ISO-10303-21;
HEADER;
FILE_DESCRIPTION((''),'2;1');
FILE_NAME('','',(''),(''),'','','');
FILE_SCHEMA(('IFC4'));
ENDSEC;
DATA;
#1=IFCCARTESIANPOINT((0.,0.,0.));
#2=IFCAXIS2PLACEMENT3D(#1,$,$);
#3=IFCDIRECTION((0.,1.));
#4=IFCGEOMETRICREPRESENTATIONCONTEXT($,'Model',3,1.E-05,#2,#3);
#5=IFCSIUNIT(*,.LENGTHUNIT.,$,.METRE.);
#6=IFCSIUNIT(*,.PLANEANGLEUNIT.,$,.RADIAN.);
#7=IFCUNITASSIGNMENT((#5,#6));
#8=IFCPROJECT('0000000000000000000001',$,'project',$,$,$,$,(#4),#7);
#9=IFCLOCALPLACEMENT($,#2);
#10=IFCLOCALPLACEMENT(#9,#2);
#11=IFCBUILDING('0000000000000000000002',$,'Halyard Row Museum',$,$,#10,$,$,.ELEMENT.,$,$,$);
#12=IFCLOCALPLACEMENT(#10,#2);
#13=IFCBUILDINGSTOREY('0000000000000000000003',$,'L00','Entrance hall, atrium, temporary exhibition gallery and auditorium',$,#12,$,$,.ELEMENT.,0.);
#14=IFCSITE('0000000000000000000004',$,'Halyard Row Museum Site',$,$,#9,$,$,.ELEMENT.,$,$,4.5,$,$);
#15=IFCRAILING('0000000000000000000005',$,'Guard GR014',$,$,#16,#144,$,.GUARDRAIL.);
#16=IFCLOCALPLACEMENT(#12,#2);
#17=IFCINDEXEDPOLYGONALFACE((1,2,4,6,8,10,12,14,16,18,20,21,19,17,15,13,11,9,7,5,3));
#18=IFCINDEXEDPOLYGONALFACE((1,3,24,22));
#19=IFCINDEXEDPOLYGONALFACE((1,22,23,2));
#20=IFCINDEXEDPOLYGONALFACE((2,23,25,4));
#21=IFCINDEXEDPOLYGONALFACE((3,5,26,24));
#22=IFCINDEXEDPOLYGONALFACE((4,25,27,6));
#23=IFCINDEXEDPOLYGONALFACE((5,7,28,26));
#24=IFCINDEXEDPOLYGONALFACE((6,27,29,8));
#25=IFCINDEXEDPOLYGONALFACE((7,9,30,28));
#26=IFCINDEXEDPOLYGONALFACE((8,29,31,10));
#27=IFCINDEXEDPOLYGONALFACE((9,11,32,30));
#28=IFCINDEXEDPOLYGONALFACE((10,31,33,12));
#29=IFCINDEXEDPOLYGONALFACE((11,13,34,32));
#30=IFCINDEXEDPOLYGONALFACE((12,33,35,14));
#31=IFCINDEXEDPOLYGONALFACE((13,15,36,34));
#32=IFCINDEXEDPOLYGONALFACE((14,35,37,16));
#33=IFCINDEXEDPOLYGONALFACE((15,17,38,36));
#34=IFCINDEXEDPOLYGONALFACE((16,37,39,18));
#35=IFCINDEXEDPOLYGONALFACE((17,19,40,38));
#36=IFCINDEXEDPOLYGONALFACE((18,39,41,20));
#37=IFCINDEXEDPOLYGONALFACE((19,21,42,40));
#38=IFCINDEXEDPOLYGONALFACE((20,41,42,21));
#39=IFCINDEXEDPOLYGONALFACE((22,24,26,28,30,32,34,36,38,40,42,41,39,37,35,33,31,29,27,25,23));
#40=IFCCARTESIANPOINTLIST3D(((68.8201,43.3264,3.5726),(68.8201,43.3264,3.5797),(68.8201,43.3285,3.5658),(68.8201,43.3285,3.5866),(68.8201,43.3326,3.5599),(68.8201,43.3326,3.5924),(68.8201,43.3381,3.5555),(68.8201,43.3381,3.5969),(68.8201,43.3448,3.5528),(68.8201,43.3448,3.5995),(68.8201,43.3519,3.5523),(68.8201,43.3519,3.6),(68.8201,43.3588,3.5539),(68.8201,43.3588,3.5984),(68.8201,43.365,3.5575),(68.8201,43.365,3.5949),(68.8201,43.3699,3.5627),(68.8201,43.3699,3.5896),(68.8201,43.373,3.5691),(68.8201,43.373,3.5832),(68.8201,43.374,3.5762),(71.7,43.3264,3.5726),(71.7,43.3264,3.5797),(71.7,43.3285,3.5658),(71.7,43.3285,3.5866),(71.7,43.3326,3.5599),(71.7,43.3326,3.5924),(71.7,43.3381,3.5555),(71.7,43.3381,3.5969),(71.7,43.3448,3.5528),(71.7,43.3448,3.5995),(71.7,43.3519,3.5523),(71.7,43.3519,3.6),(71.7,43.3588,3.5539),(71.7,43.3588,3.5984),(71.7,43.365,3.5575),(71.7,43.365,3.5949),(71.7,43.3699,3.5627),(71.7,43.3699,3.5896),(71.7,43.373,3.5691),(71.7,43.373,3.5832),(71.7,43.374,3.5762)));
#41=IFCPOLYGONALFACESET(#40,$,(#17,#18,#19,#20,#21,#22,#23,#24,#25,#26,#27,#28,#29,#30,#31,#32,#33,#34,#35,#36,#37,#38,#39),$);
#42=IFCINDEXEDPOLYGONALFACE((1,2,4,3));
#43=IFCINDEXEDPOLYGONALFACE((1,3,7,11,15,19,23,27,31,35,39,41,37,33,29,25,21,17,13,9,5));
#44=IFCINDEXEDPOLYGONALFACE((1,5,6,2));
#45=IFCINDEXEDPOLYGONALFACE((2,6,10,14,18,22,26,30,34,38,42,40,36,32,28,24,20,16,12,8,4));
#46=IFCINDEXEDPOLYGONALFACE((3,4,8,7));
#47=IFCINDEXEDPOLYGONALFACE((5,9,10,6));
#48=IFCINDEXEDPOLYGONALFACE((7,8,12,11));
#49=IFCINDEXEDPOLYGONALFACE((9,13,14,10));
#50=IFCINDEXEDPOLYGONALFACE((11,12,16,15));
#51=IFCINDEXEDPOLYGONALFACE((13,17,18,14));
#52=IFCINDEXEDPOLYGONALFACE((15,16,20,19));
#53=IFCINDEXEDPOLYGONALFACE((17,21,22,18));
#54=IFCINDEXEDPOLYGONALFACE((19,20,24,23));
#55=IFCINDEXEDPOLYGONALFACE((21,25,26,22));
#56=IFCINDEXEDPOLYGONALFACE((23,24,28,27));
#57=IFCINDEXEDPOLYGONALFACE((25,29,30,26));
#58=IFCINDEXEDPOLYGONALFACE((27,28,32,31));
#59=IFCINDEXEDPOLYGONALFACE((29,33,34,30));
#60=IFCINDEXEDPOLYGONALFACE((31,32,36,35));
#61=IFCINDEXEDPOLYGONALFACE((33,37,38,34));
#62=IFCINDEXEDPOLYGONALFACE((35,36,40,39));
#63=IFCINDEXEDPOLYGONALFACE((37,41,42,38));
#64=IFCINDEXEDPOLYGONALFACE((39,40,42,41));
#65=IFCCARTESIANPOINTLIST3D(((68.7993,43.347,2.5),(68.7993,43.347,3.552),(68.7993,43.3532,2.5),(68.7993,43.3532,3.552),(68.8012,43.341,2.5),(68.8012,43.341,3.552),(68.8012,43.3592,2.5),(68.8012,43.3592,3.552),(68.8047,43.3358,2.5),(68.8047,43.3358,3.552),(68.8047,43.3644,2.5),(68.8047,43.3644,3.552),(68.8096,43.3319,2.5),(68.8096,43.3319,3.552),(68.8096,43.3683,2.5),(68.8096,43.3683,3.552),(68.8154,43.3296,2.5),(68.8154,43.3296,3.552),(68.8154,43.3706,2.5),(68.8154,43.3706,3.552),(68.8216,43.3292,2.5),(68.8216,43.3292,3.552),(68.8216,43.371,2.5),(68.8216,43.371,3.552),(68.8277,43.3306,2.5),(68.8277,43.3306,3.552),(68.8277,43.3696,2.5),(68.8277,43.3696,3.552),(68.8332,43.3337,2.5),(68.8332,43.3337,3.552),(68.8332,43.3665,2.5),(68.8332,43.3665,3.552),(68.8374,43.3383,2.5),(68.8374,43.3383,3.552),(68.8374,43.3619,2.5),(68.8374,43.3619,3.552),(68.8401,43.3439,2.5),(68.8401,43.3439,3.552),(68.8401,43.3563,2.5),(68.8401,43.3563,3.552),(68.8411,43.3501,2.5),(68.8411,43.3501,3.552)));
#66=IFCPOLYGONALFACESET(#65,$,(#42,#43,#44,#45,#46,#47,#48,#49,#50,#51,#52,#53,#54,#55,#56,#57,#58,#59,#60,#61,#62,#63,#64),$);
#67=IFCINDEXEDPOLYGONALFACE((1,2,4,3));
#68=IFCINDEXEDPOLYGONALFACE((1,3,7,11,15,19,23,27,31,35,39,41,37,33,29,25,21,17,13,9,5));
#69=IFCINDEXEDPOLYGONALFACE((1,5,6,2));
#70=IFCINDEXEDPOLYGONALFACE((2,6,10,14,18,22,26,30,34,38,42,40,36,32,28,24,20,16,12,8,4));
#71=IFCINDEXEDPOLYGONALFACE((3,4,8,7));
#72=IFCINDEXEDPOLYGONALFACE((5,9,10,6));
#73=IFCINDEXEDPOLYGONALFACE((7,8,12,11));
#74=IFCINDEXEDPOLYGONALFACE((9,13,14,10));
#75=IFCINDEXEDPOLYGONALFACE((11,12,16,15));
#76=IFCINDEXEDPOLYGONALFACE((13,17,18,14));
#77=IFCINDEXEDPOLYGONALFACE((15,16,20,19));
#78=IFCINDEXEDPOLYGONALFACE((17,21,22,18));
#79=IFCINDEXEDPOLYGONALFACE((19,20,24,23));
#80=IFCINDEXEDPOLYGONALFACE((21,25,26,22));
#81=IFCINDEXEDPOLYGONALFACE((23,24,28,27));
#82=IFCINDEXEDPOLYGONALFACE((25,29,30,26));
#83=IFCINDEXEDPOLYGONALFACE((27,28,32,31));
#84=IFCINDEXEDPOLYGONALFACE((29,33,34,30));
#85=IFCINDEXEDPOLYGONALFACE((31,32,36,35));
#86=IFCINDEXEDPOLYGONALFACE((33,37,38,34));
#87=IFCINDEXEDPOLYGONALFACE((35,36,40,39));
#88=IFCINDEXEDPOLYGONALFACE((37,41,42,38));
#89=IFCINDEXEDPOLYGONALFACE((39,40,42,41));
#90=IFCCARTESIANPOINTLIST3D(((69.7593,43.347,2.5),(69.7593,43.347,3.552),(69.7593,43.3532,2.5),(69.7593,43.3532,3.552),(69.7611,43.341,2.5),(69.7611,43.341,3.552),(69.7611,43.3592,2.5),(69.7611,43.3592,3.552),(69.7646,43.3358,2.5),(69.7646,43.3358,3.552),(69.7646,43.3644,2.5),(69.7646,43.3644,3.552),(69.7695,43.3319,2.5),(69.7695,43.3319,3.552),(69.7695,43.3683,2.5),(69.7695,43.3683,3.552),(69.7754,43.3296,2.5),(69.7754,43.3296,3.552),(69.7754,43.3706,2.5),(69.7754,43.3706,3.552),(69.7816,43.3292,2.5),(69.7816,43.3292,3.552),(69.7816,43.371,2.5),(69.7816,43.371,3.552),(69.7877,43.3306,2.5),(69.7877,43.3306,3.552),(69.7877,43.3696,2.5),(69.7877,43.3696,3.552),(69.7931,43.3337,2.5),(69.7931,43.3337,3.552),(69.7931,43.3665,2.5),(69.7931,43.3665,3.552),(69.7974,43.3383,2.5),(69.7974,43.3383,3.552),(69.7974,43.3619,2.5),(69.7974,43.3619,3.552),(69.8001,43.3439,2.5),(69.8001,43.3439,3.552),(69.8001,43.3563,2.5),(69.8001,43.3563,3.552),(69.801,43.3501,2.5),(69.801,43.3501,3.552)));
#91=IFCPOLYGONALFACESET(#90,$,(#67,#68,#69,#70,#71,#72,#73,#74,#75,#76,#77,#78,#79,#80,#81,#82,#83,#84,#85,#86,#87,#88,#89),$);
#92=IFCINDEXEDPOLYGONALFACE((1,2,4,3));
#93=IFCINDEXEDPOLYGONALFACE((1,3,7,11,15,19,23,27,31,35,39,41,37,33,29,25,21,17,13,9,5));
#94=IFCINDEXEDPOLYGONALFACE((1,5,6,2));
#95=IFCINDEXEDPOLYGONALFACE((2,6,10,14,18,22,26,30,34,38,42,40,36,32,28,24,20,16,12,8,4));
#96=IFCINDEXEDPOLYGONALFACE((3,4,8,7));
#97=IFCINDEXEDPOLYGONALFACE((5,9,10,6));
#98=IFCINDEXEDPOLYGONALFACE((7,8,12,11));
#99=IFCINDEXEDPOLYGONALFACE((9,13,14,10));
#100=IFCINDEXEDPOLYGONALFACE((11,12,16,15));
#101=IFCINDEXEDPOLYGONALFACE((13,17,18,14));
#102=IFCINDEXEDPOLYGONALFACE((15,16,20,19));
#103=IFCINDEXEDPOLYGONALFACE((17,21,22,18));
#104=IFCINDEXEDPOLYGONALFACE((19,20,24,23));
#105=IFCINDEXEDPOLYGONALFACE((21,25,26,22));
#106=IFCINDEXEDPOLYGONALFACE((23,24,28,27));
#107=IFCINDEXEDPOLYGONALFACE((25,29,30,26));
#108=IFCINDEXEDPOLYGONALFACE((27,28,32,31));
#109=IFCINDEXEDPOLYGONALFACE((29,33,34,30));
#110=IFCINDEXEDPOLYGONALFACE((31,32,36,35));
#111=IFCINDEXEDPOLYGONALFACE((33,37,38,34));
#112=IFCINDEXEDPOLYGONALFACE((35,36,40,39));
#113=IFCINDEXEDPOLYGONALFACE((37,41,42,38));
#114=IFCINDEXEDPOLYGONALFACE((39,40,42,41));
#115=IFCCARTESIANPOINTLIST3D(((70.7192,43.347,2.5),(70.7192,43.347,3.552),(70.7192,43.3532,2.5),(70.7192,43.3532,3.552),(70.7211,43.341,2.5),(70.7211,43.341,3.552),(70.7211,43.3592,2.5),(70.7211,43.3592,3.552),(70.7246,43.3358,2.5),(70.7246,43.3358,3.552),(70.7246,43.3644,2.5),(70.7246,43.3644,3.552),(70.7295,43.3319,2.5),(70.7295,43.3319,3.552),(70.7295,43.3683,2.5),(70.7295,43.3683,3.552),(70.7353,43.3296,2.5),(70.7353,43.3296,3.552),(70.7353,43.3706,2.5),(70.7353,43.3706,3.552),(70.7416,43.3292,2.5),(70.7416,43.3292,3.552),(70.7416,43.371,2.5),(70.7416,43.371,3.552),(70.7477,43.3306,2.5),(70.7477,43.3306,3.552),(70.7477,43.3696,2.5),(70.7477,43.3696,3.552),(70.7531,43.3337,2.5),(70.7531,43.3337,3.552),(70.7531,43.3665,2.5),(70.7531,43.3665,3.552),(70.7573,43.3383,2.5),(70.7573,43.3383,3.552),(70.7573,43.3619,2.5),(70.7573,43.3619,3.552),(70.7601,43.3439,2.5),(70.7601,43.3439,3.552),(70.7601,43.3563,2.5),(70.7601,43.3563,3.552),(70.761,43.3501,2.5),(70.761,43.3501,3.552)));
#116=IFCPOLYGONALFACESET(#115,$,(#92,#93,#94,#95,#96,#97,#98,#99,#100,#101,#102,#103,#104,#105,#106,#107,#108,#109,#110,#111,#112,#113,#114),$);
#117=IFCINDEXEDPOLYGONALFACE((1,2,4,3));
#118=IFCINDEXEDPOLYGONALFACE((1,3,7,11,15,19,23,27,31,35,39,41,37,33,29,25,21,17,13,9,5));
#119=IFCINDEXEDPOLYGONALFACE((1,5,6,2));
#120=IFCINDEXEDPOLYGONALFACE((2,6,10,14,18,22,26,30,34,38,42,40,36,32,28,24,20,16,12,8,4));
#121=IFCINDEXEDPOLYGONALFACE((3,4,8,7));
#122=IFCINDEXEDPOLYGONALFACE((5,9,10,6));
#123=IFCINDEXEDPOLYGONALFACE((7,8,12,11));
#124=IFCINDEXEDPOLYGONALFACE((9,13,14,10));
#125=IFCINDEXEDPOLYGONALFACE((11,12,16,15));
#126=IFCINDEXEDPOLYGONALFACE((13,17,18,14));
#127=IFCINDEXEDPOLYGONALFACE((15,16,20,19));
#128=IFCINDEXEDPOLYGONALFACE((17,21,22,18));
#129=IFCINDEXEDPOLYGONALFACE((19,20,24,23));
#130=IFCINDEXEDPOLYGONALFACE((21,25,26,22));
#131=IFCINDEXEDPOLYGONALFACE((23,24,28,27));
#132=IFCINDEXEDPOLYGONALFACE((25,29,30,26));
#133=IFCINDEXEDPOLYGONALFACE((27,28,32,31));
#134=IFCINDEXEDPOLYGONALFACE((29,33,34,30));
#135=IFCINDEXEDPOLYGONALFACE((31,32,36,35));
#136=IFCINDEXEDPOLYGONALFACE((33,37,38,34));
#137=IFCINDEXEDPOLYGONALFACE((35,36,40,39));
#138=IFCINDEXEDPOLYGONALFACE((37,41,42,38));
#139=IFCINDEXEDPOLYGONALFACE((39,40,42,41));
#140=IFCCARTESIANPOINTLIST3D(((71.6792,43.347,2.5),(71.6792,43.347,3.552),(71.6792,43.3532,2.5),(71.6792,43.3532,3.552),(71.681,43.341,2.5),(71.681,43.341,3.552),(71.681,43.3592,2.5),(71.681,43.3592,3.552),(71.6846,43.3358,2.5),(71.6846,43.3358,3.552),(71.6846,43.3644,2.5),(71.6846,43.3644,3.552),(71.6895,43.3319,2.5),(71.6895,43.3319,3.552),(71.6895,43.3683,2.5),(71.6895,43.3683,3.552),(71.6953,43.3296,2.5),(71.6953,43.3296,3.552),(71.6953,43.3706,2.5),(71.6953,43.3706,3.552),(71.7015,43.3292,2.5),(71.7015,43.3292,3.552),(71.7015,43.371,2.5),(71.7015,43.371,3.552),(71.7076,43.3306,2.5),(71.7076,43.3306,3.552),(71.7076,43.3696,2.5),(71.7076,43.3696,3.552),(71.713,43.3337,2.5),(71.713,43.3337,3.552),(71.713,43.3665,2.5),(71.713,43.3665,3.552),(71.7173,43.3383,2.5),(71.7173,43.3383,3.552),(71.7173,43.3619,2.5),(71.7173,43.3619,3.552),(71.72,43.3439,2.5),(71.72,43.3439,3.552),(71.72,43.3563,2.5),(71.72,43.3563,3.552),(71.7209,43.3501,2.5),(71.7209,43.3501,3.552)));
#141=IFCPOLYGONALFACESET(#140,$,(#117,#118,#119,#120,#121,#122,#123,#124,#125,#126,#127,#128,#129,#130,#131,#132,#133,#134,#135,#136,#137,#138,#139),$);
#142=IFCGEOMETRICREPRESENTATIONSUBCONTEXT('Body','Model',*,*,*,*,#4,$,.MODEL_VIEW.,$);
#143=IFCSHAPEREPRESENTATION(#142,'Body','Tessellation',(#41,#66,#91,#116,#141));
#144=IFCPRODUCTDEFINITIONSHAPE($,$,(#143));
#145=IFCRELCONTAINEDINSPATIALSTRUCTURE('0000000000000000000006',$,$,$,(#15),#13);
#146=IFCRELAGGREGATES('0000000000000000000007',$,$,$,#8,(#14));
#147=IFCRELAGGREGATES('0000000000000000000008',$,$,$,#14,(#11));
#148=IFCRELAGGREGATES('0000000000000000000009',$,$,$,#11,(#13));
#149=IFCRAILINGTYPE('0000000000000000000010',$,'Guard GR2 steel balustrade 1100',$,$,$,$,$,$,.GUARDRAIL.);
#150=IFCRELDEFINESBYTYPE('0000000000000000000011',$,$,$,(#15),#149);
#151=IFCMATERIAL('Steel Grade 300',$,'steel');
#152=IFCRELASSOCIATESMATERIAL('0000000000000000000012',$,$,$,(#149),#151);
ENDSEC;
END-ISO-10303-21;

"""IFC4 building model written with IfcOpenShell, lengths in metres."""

from ifc_helpers import new_model, si_unit, direction, frame, origin, origin_2d, place, context, subcontext, project, spatial, circle, extrude, material, type_object, element, save


model = new_model("IFC4")

# Units and contexts
model_context = context("Model", 3, precision=1e-05, world=origin(), true_north=direction((0.0, 1.0)))
body_context = subcontext(model_context, "Body", "Model", "MODEL_VIEW")
ifc_project = project(units=[si_unit("LENGTHUNIT", "METRE"), si_unit("PLANEANGLEUNIT", "RADIAN")], contexts=[model_context])

# Site, building, storey
site_placement = place(None, origin())
site = spatial("IfcSite", under=ifc_project, at=site_placement, Name="Halyard Row Museum Site", CompositionType="ELEMENT", RefElevation=4.5)
building_placement = place(site_placement, origin())
building = spatial("IfcBuilding", under=site, at=building_placement, Name="Halyard Row Museum", CompositionType="ELEMENT")
storey_placement = place(building_placement, origin())
storey = spatial("IfcBuildingStorey", under=building, at=storey_placement, Name="L00", Description="Entrance hall, atrium, temporary exhibition gallery and auditorium", CompositionType="ELEMENT", Elevation=0.0)

# Railing
ifc_material_1 = material(Name="Steel Grade 300", Category="steel")
railing_type_1 = type_object("IfcRailingType", Name="Guard GR2 steel balustrade 1100", PredefinedType="GUARDRAIL", material=ifc_material_1)
railing_1_placement = place(storey_placement, frame((68.8201, 43.3501, 2.5)))
element("IfcRailing", 1, at=railing_1_placement, inside=storey, type_object=railing_type_1, Name="Guard GR014", PredefinedType="GUARDRAIL", context=body_context, shape_type="SweptSolid", body=[
    extrude(circle(Radius=0.0239, at=origin_2d()), frame((0.0, 0.0, 1.0762), z_axis=(1.0, 0.0, 0.0), x_axis=(0.0, 1.0, 0.0)), (0.0, 0.0, 1.0), 2.8799),
    extrude(circle(Radius=0.021, at=origin_2d()), origin(), (0.0, 0.0, 1.0), 1.052),
    extrude(circle(Radius=0.021, at=origin_2d()), frame((0.96, 0.0, 0.0)), (0.0, 0.0, 1.0), 1.052),
    extrude(circle(Radius=0.021, at=origin_2d()), frame((1.9199, 0.0, 0.0)), (0.0, 0.0, 1.0), 1.052),
    extrude(circle(Radius=0.021, at=origin_2d()), frame((2.8799, 0.0, 0.0)), (0.0, 0.0, 1.0), 1.052),
])

save(model, "model.ifc")
